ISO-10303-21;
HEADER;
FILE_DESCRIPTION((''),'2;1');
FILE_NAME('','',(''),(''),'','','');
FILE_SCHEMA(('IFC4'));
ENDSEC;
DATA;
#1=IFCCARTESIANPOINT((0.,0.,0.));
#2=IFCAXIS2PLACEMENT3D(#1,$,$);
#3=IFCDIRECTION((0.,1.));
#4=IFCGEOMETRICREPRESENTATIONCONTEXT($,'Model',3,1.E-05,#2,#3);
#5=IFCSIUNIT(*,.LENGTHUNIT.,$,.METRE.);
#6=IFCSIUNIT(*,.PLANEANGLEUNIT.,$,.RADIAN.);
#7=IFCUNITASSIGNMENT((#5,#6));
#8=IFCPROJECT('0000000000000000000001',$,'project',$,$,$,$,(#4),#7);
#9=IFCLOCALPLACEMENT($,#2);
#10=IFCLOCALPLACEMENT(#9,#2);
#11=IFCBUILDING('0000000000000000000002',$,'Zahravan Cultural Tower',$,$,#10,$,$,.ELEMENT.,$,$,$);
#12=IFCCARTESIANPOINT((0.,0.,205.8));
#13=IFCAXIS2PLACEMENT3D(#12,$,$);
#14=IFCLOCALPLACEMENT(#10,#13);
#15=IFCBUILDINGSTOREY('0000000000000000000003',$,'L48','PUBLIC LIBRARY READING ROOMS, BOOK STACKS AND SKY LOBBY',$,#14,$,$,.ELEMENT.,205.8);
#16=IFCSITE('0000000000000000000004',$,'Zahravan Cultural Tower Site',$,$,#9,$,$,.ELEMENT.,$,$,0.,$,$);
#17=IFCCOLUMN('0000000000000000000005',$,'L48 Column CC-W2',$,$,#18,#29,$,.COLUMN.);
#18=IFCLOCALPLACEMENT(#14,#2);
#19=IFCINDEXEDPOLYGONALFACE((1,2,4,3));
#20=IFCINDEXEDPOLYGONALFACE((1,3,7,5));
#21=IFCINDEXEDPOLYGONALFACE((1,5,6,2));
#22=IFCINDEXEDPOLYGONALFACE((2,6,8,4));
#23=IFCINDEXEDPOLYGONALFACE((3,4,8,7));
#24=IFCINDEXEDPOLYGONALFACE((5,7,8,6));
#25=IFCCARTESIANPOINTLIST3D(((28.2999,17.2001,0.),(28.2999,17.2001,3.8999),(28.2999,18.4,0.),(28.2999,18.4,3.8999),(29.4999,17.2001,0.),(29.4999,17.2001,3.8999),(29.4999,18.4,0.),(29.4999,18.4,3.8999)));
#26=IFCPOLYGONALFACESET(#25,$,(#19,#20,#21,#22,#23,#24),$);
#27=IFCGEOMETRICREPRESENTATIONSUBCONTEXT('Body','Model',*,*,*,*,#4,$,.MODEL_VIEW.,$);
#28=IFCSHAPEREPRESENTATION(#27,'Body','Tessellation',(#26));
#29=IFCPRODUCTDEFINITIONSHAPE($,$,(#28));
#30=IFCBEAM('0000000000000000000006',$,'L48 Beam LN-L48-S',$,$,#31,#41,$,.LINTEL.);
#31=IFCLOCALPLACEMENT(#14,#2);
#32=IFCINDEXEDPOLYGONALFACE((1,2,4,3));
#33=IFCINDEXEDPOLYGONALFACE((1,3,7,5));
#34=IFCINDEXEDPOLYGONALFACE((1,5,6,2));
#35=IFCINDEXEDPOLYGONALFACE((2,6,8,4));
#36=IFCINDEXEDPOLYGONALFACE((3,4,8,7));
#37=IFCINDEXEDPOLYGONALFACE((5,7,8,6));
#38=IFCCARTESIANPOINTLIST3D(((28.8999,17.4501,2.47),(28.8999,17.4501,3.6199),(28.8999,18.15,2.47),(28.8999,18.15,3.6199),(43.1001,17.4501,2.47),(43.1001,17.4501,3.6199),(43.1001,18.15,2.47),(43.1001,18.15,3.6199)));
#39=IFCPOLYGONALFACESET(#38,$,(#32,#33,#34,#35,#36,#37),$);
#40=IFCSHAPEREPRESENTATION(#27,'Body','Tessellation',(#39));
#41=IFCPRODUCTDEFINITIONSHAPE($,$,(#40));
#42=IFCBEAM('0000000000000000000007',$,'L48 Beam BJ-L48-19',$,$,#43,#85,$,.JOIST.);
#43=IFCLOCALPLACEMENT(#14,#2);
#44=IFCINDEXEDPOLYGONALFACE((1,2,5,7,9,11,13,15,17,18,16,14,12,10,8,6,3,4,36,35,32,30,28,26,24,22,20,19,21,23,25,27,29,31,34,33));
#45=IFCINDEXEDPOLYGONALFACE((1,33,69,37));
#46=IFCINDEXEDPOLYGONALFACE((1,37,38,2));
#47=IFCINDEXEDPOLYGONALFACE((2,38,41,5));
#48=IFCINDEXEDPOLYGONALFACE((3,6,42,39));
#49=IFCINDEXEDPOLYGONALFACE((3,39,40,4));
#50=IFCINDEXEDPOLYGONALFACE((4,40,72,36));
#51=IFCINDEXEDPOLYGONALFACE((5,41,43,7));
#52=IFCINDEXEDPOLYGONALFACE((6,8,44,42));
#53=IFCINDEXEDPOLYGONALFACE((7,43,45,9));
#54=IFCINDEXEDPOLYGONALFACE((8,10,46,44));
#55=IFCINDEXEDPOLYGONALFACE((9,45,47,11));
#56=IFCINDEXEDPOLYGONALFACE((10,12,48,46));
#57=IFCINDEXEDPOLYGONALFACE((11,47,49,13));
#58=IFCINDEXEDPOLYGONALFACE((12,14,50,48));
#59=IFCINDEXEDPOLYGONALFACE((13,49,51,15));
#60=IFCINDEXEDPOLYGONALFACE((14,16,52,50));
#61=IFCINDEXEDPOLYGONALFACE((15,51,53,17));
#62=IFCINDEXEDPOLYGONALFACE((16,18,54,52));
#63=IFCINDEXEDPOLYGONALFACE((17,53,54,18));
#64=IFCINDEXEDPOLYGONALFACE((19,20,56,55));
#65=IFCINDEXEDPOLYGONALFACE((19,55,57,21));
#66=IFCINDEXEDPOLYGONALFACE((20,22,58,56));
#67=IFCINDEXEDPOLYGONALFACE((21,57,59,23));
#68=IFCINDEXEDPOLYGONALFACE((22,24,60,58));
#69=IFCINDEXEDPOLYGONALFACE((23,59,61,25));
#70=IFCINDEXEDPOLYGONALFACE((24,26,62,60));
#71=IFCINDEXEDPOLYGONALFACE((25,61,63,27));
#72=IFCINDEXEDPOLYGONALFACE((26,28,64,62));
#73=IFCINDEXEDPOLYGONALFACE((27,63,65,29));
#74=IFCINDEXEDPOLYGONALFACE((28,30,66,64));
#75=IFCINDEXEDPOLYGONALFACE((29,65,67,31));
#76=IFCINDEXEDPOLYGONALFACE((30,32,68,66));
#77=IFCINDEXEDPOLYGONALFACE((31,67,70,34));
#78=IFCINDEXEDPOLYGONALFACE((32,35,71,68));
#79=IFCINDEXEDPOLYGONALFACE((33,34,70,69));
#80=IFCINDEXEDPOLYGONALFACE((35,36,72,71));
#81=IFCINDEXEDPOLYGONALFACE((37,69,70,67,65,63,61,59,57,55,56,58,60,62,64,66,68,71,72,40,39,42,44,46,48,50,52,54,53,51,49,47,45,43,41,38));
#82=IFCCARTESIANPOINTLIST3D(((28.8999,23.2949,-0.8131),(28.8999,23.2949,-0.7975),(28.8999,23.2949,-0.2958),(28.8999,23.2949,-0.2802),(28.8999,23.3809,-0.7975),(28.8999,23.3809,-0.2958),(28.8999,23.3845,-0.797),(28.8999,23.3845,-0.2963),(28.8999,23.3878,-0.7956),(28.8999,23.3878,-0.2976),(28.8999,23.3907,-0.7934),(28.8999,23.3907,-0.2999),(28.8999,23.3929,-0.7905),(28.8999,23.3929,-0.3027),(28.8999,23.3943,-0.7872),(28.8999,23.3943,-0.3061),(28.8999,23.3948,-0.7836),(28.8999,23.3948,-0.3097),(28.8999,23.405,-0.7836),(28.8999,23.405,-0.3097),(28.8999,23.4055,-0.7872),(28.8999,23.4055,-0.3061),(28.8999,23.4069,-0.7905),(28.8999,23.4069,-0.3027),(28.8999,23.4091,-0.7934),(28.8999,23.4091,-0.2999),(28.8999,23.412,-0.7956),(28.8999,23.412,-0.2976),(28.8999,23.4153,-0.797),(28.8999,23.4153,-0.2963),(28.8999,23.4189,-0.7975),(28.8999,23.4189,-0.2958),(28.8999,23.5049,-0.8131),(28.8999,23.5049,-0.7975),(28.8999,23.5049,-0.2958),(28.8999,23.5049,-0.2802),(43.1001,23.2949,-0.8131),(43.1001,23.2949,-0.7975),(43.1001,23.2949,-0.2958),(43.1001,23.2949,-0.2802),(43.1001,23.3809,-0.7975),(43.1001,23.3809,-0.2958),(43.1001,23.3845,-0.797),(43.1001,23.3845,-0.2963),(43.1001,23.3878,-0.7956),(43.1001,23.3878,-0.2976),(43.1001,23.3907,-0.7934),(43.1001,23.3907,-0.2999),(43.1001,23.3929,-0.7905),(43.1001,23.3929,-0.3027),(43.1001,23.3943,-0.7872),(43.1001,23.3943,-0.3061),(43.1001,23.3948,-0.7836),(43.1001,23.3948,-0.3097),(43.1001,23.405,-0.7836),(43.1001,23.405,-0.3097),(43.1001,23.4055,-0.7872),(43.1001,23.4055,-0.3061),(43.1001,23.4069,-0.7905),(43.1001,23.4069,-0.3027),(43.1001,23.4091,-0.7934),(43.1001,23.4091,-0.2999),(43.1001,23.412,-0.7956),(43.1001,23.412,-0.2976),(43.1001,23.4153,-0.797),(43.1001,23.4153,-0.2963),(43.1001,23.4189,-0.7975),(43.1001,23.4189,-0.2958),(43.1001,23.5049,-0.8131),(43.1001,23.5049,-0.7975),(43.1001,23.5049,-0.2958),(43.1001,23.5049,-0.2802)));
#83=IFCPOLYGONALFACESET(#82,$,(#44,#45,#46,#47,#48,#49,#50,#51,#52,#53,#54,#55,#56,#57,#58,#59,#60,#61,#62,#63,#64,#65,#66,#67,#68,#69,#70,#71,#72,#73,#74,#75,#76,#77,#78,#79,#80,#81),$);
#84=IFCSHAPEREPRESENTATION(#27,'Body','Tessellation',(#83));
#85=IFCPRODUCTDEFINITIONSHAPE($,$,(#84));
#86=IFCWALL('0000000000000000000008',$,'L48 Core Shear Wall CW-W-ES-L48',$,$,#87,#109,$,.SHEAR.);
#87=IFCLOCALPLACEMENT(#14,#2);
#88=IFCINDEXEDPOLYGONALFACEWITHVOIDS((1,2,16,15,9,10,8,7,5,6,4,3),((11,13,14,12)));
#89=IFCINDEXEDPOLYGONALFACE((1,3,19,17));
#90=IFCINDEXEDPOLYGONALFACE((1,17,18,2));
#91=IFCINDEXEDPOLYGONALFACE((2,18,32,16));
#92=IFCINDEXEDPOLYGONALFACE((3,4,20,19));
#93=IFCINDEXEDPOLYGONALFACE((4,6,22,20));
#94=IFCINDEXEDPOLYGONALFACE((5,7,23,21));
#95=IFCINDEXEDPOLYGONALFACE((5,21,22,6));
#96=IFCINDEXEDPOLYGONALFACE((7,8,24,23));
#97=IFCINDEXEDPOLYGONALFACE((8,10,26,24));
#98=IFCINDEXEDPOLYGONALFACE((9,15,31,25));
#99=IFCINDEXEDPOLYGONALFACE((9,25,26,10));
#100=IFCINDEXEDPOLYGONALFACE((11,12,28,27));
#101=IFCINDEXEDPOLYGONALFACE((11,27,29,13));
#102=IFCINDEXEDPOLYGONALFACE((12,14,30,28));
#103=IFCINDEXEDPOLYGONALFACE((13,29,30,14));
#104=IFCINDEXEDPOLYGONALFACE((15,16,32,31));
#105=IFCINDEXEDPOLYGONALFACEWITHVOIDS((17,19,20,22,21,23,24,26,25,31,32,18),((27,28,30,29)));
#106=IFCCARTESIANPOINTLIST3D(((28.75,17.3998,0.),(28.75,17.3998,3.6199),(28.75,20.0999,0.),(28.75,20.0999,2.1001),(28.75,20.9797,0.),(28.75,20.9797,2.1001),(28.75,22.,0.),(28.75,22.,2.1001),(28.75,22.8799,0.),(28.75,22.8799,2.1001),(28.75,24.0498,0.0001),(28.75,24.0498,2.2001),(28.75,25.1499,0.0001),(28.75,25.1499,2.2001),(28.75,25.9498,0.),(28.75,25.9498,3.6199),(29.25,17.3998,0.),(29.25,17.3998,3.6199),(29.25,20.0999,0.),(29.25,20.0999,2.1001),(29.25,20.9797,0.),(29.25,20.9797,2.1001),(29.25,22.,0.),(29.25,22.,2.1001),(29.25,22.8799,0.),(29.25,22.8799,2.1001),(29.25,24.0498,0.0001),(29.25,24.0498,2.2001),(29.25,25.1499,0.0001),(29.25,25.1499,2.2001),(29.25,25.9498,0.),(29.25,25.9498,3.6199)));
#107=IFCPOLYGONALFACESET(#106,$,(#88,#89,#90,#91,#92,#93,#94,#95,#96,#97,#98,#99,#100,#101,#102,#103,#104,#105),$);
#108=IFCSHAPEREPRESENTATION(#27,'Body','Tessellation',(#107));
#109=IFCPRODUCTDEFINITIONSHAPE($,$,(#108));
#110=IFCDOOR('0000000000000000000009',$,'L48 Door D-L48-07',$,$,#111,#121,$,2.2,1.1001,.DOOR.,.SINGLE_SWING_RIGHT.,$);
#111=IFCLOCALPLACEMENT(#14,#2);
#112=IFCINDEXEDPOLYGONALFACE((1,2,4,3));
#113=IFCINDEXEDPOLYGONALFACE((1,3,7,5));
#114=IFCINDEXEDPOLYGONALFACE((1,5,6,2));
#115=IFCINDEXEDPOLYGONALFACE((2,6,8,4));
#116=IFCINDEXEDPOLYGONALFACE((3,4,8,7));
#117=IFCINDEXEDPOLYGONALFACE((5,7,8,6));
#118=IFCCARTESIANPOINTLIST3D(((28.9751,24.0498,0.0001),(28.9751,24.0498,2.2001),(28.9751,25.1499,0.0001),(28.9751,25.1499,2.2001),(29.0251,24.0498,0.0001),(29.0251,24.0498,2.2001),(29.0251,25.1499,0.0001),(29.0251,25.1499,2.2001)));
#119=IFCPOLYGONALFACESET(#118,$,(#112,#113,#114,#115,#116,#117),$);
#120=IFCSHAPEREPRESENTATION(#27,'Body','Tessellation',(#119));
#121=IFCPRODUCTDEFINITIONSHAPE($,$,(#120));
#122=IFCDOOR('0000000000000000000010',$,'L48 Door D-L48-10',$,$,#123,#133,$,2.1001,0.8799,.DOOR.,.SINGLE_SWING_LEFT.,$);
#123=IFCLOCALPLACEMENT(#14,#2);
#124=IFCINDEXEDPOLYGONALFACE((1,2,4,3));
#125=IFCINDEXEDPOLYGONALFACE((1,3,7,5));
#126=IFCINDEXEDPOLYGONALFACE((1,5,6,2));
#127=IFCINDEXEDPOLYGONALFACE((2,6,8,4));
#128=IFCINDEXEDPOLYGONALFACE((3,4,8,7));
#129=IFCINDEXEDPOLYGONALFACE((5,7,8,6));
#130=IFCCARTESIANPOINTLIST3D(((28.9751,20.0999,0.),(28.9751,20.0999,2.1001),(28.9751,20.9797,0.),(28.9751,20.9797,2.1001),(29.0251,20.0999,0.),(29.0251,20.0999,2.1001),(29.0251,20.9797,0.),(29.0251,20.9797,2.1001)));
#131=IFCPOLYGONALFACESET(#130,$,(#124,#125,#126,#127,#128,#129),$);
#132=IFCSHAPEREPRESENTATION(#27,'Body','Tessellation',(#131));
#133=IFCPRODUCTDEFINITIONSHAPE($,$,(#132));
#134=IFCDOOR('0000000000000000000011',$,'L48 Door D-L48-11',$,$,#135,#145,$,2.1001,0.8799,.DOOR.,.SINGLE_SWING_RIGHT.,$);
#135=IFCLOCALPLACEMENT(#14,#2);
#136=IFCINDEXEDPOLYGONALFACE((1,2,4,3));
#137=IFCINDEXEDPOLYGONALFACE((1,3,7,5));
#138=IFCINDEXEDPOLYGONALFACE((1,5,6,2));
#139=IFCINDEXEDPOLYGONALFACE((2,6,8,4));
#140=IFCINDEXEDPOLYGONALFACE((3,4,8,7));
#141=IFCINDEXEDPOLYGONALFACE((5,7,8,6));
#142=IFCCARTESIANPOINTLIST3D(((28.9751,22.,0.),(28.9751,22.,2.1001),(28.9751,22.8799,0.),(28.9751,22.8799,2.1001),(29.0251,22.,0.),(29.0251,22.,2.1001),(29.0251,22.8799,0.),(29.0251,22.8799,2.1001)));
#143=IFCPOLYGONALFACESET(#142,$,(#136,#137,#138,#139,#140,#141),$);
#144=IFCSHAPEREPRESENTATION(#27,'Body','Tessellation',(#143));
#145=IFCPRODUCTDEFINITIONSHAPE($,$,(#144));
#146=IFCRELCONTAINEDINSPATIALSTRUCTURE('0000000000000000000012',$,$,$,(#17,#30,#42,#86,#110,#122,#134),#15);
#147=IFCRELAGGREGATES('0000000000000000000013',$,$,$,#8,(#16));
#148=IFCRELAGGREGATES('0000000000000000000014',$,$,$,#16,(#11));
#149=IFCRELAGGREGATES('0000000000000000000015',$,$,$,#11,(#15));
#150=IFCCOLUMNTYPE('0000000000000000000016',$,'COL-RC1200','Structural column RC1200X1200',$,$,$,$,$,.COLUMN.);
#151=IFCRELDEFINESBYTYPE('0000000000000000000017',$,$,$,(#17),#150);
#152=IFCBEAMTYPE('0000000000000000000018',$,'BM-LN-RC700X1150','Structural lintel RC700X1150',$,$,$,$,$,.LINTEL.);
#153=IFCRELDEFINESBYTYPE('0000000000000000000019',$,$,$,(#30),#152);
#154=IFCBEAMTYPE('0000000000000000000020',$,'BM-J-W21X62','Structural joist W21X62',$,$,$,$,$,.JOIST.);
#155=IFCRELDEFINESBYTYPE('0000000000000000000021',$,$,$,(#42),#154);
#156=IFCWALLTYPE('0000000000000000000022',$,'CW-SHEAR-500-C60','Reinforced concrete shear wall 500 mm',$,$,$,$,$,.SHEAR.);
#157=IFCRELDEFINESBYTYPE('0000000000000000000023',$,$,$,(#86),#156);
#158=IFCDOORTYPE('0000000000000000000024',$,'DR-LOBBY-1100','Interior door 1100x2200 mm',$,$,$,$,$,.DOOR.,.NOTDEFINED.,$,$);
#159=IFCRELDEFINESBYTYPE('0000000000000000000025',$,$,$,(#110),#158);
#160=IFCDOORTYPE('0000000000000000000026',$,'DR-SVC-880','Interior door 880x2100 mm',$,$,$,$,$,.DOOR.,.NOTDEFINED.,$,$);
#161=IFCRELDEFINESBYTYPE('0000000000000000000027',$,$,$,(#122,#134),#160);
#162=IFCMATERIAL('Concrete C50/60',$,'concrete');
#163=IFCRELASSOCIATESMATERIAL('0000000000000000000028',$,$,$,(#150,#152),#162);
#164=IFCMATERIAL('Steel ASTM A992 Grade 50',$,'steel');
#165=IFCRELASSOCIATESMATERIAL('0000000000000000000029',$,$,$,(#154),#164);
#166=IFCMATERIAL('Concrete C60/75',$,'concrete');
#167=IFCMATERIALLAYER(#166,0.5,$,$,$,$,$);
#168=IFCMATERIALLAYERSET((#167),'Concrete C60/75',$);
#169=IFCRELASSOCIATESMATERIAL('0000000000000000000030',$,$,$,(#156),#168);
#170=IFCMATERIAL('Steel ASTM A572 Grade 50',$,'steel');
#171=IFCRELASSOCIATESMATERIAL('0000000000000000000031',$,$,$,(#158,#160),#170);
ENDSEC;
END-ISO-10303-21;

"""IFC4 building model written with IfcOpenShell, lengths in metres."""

from ifc_helpers import new_model, si_unit, direction, frame, frame_2d, origin, origin_2d, place, context, subcontext, project, spatial, rectangle, i_section, extrude, source, transform, mapped, material, layer, layer_set, material_profile, profile_set, type_object, element, fill, save


model = new_model("IFC4")

# Units and contexts
model_context = context("Model", 3, precision=1e-05, world=origin(), true_north=direction((0.0, 1.0)))
body_context = subcontext(model_context, "Body", "Model", "MODEL_VIEW")
ifc_project = project(units=[si_unit("LENGTHUNIT", "METRE"), si_unit("PLANEANGLEUNIT", "RADIAN")], contexts=[model_context])

# Site, building, storey
site_placement = place(None, origin())
site = spatial("IfcSite", under=ifc_project, at=site_placement, Name="Zahravan Cultural Tower Site", CompositionType="ELEMENT", RefElevation=0.0)
building_placement = place(site_placement, origin())
building = spatial("IfcBuilding", under=site, at=building_placement, Name="Zahravan Cultural Tower", CompositionType="ELEMENT")
storey_placement = place(building_placement, frame((0.0, 0.0, 205.8)))
storey = spatial("IfcBuildingStorey", under=building, at=storey_placement, Name="L48", Description="PUBLIC LIBRARY READING ROOMS, BOOK STACKS AND SKY LOBBY", CompositionType="ELEMENT", Elevation=205.8)

# Column
ifc_material_1 = material(Name="Concrete C50/60", Category="concrete")
ifc_material_profile_1 = material_profile(ifc_material_1, rectangle(XDim=1.2, YDim=1.2, at=origin_2d()), Name="RC1200X1200")
ifc_profile_set_1 = profile_set([ifc_material_profile_1], Name="Concrete C50/60")
column_type = type_object("IfcColumnType", Name="COL-RC1200", Description="Structural column RC1200X1200", PredefinedType="COLUMN", material=ifc_profile_set_1)
shared_shape_1 = source(origin(), body_context, "Body", "SweptSolid", [
    extrude(rectangle(XDim=1.2, YDim=1.2, at=origin_2d()), origin(), (0.0, 0.0, 1.0), 3.8999),
])
column_placement = place(storey_placement, frame((28.8999, 17.8, 0.0), z_axis=(0.0, 0.0, 1.0), x_axis=(1.0, 0.0, 0.0)))
element("IfcColumn", 1, at=column_placement, inside=storey, type_object=column_type, Name="L48 Column CC-W2", PredefinedType="COLUMN", context=body_context, shape_type="MappedRepresentation", body=[
    mapped(shared_shape_1, transform((0.0, 0.0, 0.0), x_axis=(1.0, 0.0, 0.0), y_axis=(0.0, 1.0, 0.0), z_axis=(0.0, 0.0, 1.0), scale=1.0)),
])

# Beams
ifc_material_profile_2 = material_profile(ifc_material_1, rectangle(XDim=0.7, YDim=1.1499, at=origin_2d()), Name="RC700X1150")
ifc_profile_set_2 = profile_set([ifc_material_profile_2], Name="Concrete C50/60")
beam_type_1 = type_object("IfcBeamType", Name="BM-LN-RC700X1150", Description="Structural lintel RC700X1150", PredefinedType="LINTEL", material=ifc_profile_set_2)
shared_shape_2 = source(origin(), body_context, "Body", "SweptSolid", [
    extrude(rectangle(XDim=0.7, YDim=1.1499, at=origin_2d()), origin(), (0.0, 0.0, 1.0), 14.2002),
])
beam_1_placement = place(storey_placement, frame((28.8999, 17.8, 3.0449), z_axis=(1.0, 0.0, 0.0), x_axis=(0.0, 1.0, 0.0)))
element("IfcBeam", 2, at=beam_1_placement, inside=storey, type_object=beam_type_1, Name="L48 Beam LN-L48-S", PredefinedType="LINTEL", context=body_context, shape_type="MappedRepresentation", body=[
    mapped(shared_shape_2, transform((0.0, 0.0, 0.0), x_axis=(1.0, 0.0, 0.0), y_axis=(0.0, 1.0, 0.0), z_axis=(0.0, 0.0, 1.0), scale=1.0)),
])
ifc_material_2 = material(Name="Steel ASTM A992 Grade 50", Category="steel")
ifc_material_profile_3 = material_profile(ifc_material_2, i_section(OverallWidth=0.21, OverallDepth=0.533, WebThickness=0.0103, FlangeThickness=0.0156, FilletRadius=0.0139, at=origin_2d()), Name="W21X62")
ifc_profile_set_3 = profile_set([ifc_material_profile_3], Name="Steel ASTM A992 Grade 50")
beam_type_2 = type_object("IfcBeamType", Name="BM-J-W21X62", Description="Structural joist W21X62", PredefinedType="JOIST", material=ifc_profile_set_3)
shared_shape_3 = source(origin(), body_context, "Body", "SweptSolid", [
    extrude(i_section(OverallWidth=0.21, OverallDepth=0.533, WebThickness=0.0103, FlangeThickness=0.0156, FilletRadius=0.0139, at=origin_2d()), origin(), (0.0, 0.0, 1.0), 14.2002),
])
beam_2_placement = place(storey_placement, frame((28.8999, 23.3999, -0.5466), z_axis=(1.0, 0.0, 0.0), x_axis=(0.0, 1.0, 0.0)))
element("IfcBeam", 3, at=beam_2_placement, inside=storey, type_object=beam_type_2, Name="L48 Beam BJ-L48-19", PredefinedType="JOIST", context=body_context, shape_type="MappedRepresentation", body=[
    mapped(shared_shape_3, transform((0.0, 0.0, 0.0), x_axis=(1.0, 0.0, 0.0), y_axis=(0.0, 1.0, 0.0), z_axis=(0.0, 0.0, 1.0), scale=1.0)),
])

# Wall, openings, doors
ifc_material_3 = material(Name="Concrete C60/75", Category="concrete")
ifc_layer_1 = layer(ifc_material_3, 0.5)
ifc_layer_set_1 = layer_set([ifc_layer_1], Name="Concrete C60/75")
wall_type_1 = type_object("IfcWallType", Name="CW-SHEAR-500-C60", Description="Reinforced concrete shear wall 500 mm", PredefinedType="SHEAR", material=ifc_layer_set_1)
wall_1_placement = place(storey_placement, frame((29.0, 17.3999, 0.0), z_axis=(0.0, 0.0, 1.0), x_axis=(0.0, 1.0, 0.0)))
wall_1 = element("IfcWall", 4, at=wall_1_placement, inside=storey, type_object=wall_type_1, Name="L48 Core Shear Wall CW-W-ES-L48", PredefinedType="SHEAR", context=body_context, shape_type="SweptSolid", body=[
    extrude(rectangle(XDim=8.55, YDim=0.5, at=frame_2d((4.2749, 0.0))), origin(), (0.0, 0.0, 1.0), 3.6199),
])
opening_1_placement = place(wall_1_placement, frame((6.6499, 0.0, 0.0)))
opening_1 = element("IfcOpeningElement", 5, at=opening_1_placement, cuts=wall_1, PredefinedType="OPENING", context=body_context, shape_type="SweptSolid", body=[
    extrude(rectangle(XDim=1.1001, YDim=2.2, at=frame_2d((0.55, 1.1001))), frame((0.0, 0.26, 0.0), z_axis=(0.0, -1.0, 0.0), x_axis=(1.0, 0.0, 0.0)), (0.0, 0.0, 1.0), 0.52),
])
opening_2_placement = place(wall_1_placement, frame((2.7, 0.0, 0.0)))
opening_2 = element("IfcOpeningElement", 6, at=opening_2_placement, cuts=wall_1, PredefinedType="OPENING", context=body_context, shape_type="SweptSolid", body=[
    extrude(rectangle(XDim=0.8799, YDim=2.1001, at=frame_2d((0.4399, 1.05))), frame((0.0, 0.26, 0.0), z_axis=(0.0, -1.0, 0.0), x_axis=(1.0, 0.0, 0.0)), (0.0, 0.0, 1.0), 0.52),
])
opening_3_placement = place(wall_1_placement, frame((4.6001, 0.0, 0.0)))
opening_3 = element("IfcOpeningElement", 7, at=opening_3_placement, cuts=wall_1, PredefinedType="OPENING", context=body_context, shape_type="SweptSolid", body=[
    extrude(rectangle(XDim=0.8799, YDim=2.1001, at=frame_2d((0.4399, 1.05))), frame((0.0, 0.26, 0.0), z_axis=(0.0, -1.0, 0.0), x_axis=(1.0, 0.0, 0.0)), (0.0, 0.0, 1.0), 0.52),
])
ifc_material_4 = material(Name="Steel ASTM A572 Grade 50", Category="steel")
door_type_1 = type_object("IfcDoorType", Name="DR-LOBBY-1100", Description="Interior door 1100x2200 mm", OperationType="NOTDEFINED", PredefinedType="DOOR", material=ifc_material_4)
shared_shape_4 = source(origin(), body_context, "Body", "SweptSolid", [
    extrude(rectangle(XDim=1.1001, YDim=2.2, at=frame_2d((0.55, 1.1001))), frame((0.0, 0.0249, 0.0), z_axis=(0.0, -1.0, 0.0), x_axis=(1.0, 0.0, 0.0)), (0.0, 0.0, 1.0), 0.05),
])
door_1_placement = place(opening_1_placement, origin())
door_1 = element("IfcDoor", 8, at=door_1_placement, inside=storey, type_object=door_type_1, Name="L48 Door D-L48-07", OperationType="SINGLE_SWING_RIGHT", OverallHeight=2.2, OverallWidth=1.1001, PredefinedType="DOOR", context=body_context, shape_type="MappedRepresentation", body=[
    mapped(shared_shape_4, transform((0.0, 0.0, 0.0), x_axis=(1.0, 0.0, 0.0), y_axis=(0.0, 1.0, 0.0), z_axis=(0.0, 0.0, 1.0), scale=1.0)),
])
fill(opening_1, door_1)
door_type_2 = type_object("IfcDoorType", Name="DR-SVC-880", Description="Interior door 880x2100 mm", OperationType="NOTDEFINED", PredefinedType="DOOR", material=ifc_material_4)
shared_shape_5 = source(origin(), body_context, "Body", "SweptSolid", [
    extrude(rectangle(XDim=0.8799, YDim=2.1001, at=frame_2d((0.4399, 1.05))), frame((0.0, 0.0249, 0.0), z_axis=(0.0, -1.0, 0.0), x_axis=(1.0, 0.0, 0.0)), (0.0, 0.0, 1.0), 0.05),
])
door_2_placement = place(opening_2_placement, origin())
door_2 = element("IfcDoor", 9, at=door_2_placement, inside=storey, type_object=door_type_2, Name="L48 Door D-L48-10", OperationType="SINGLE_SWING_LEFT", OverallHeight=2.1001, OverallWidth=0.8799, PredefinedType="DOOR", context=body_context, shape_type="MappedRepresentation", body=[
    mapped(shared_shape_5, transform((0.0, 0.0, 0.0), x_axis=(1.0, 0.0, 0.0), y_axis=(0.0, 1.0, 0.0), z_axis=(0.0, 0.0, 1.0), scale=1.0)),
])
fill(opening_2, door_2)
door_3_placement = place(opening_3_placement, origin())
door_3 = element("IfcDoor", 10, at=door_3_placement, inside=storey, type_object=door_type_2, Name="L48 Door D-L48-11", OperationType="SINGLE_SWING_RIGHT", OverallHeight=2.1001, OverallWidth=0.8799, PredefinedType="DOOR", context=body_context, shape_type="MappedRepresentation", body=[
    mapped(shared_shape_5, transform((0.0, 0.0, 0.0), x_axis=(1.0, 0.0, 0.0), y_axis=(0.0, 1.0, 0.0), z_axis=(0.0, 0.0, 1.0), scale=1.0)),
])
fill(opening_3, door_3)

save(model, "model.ifc")
